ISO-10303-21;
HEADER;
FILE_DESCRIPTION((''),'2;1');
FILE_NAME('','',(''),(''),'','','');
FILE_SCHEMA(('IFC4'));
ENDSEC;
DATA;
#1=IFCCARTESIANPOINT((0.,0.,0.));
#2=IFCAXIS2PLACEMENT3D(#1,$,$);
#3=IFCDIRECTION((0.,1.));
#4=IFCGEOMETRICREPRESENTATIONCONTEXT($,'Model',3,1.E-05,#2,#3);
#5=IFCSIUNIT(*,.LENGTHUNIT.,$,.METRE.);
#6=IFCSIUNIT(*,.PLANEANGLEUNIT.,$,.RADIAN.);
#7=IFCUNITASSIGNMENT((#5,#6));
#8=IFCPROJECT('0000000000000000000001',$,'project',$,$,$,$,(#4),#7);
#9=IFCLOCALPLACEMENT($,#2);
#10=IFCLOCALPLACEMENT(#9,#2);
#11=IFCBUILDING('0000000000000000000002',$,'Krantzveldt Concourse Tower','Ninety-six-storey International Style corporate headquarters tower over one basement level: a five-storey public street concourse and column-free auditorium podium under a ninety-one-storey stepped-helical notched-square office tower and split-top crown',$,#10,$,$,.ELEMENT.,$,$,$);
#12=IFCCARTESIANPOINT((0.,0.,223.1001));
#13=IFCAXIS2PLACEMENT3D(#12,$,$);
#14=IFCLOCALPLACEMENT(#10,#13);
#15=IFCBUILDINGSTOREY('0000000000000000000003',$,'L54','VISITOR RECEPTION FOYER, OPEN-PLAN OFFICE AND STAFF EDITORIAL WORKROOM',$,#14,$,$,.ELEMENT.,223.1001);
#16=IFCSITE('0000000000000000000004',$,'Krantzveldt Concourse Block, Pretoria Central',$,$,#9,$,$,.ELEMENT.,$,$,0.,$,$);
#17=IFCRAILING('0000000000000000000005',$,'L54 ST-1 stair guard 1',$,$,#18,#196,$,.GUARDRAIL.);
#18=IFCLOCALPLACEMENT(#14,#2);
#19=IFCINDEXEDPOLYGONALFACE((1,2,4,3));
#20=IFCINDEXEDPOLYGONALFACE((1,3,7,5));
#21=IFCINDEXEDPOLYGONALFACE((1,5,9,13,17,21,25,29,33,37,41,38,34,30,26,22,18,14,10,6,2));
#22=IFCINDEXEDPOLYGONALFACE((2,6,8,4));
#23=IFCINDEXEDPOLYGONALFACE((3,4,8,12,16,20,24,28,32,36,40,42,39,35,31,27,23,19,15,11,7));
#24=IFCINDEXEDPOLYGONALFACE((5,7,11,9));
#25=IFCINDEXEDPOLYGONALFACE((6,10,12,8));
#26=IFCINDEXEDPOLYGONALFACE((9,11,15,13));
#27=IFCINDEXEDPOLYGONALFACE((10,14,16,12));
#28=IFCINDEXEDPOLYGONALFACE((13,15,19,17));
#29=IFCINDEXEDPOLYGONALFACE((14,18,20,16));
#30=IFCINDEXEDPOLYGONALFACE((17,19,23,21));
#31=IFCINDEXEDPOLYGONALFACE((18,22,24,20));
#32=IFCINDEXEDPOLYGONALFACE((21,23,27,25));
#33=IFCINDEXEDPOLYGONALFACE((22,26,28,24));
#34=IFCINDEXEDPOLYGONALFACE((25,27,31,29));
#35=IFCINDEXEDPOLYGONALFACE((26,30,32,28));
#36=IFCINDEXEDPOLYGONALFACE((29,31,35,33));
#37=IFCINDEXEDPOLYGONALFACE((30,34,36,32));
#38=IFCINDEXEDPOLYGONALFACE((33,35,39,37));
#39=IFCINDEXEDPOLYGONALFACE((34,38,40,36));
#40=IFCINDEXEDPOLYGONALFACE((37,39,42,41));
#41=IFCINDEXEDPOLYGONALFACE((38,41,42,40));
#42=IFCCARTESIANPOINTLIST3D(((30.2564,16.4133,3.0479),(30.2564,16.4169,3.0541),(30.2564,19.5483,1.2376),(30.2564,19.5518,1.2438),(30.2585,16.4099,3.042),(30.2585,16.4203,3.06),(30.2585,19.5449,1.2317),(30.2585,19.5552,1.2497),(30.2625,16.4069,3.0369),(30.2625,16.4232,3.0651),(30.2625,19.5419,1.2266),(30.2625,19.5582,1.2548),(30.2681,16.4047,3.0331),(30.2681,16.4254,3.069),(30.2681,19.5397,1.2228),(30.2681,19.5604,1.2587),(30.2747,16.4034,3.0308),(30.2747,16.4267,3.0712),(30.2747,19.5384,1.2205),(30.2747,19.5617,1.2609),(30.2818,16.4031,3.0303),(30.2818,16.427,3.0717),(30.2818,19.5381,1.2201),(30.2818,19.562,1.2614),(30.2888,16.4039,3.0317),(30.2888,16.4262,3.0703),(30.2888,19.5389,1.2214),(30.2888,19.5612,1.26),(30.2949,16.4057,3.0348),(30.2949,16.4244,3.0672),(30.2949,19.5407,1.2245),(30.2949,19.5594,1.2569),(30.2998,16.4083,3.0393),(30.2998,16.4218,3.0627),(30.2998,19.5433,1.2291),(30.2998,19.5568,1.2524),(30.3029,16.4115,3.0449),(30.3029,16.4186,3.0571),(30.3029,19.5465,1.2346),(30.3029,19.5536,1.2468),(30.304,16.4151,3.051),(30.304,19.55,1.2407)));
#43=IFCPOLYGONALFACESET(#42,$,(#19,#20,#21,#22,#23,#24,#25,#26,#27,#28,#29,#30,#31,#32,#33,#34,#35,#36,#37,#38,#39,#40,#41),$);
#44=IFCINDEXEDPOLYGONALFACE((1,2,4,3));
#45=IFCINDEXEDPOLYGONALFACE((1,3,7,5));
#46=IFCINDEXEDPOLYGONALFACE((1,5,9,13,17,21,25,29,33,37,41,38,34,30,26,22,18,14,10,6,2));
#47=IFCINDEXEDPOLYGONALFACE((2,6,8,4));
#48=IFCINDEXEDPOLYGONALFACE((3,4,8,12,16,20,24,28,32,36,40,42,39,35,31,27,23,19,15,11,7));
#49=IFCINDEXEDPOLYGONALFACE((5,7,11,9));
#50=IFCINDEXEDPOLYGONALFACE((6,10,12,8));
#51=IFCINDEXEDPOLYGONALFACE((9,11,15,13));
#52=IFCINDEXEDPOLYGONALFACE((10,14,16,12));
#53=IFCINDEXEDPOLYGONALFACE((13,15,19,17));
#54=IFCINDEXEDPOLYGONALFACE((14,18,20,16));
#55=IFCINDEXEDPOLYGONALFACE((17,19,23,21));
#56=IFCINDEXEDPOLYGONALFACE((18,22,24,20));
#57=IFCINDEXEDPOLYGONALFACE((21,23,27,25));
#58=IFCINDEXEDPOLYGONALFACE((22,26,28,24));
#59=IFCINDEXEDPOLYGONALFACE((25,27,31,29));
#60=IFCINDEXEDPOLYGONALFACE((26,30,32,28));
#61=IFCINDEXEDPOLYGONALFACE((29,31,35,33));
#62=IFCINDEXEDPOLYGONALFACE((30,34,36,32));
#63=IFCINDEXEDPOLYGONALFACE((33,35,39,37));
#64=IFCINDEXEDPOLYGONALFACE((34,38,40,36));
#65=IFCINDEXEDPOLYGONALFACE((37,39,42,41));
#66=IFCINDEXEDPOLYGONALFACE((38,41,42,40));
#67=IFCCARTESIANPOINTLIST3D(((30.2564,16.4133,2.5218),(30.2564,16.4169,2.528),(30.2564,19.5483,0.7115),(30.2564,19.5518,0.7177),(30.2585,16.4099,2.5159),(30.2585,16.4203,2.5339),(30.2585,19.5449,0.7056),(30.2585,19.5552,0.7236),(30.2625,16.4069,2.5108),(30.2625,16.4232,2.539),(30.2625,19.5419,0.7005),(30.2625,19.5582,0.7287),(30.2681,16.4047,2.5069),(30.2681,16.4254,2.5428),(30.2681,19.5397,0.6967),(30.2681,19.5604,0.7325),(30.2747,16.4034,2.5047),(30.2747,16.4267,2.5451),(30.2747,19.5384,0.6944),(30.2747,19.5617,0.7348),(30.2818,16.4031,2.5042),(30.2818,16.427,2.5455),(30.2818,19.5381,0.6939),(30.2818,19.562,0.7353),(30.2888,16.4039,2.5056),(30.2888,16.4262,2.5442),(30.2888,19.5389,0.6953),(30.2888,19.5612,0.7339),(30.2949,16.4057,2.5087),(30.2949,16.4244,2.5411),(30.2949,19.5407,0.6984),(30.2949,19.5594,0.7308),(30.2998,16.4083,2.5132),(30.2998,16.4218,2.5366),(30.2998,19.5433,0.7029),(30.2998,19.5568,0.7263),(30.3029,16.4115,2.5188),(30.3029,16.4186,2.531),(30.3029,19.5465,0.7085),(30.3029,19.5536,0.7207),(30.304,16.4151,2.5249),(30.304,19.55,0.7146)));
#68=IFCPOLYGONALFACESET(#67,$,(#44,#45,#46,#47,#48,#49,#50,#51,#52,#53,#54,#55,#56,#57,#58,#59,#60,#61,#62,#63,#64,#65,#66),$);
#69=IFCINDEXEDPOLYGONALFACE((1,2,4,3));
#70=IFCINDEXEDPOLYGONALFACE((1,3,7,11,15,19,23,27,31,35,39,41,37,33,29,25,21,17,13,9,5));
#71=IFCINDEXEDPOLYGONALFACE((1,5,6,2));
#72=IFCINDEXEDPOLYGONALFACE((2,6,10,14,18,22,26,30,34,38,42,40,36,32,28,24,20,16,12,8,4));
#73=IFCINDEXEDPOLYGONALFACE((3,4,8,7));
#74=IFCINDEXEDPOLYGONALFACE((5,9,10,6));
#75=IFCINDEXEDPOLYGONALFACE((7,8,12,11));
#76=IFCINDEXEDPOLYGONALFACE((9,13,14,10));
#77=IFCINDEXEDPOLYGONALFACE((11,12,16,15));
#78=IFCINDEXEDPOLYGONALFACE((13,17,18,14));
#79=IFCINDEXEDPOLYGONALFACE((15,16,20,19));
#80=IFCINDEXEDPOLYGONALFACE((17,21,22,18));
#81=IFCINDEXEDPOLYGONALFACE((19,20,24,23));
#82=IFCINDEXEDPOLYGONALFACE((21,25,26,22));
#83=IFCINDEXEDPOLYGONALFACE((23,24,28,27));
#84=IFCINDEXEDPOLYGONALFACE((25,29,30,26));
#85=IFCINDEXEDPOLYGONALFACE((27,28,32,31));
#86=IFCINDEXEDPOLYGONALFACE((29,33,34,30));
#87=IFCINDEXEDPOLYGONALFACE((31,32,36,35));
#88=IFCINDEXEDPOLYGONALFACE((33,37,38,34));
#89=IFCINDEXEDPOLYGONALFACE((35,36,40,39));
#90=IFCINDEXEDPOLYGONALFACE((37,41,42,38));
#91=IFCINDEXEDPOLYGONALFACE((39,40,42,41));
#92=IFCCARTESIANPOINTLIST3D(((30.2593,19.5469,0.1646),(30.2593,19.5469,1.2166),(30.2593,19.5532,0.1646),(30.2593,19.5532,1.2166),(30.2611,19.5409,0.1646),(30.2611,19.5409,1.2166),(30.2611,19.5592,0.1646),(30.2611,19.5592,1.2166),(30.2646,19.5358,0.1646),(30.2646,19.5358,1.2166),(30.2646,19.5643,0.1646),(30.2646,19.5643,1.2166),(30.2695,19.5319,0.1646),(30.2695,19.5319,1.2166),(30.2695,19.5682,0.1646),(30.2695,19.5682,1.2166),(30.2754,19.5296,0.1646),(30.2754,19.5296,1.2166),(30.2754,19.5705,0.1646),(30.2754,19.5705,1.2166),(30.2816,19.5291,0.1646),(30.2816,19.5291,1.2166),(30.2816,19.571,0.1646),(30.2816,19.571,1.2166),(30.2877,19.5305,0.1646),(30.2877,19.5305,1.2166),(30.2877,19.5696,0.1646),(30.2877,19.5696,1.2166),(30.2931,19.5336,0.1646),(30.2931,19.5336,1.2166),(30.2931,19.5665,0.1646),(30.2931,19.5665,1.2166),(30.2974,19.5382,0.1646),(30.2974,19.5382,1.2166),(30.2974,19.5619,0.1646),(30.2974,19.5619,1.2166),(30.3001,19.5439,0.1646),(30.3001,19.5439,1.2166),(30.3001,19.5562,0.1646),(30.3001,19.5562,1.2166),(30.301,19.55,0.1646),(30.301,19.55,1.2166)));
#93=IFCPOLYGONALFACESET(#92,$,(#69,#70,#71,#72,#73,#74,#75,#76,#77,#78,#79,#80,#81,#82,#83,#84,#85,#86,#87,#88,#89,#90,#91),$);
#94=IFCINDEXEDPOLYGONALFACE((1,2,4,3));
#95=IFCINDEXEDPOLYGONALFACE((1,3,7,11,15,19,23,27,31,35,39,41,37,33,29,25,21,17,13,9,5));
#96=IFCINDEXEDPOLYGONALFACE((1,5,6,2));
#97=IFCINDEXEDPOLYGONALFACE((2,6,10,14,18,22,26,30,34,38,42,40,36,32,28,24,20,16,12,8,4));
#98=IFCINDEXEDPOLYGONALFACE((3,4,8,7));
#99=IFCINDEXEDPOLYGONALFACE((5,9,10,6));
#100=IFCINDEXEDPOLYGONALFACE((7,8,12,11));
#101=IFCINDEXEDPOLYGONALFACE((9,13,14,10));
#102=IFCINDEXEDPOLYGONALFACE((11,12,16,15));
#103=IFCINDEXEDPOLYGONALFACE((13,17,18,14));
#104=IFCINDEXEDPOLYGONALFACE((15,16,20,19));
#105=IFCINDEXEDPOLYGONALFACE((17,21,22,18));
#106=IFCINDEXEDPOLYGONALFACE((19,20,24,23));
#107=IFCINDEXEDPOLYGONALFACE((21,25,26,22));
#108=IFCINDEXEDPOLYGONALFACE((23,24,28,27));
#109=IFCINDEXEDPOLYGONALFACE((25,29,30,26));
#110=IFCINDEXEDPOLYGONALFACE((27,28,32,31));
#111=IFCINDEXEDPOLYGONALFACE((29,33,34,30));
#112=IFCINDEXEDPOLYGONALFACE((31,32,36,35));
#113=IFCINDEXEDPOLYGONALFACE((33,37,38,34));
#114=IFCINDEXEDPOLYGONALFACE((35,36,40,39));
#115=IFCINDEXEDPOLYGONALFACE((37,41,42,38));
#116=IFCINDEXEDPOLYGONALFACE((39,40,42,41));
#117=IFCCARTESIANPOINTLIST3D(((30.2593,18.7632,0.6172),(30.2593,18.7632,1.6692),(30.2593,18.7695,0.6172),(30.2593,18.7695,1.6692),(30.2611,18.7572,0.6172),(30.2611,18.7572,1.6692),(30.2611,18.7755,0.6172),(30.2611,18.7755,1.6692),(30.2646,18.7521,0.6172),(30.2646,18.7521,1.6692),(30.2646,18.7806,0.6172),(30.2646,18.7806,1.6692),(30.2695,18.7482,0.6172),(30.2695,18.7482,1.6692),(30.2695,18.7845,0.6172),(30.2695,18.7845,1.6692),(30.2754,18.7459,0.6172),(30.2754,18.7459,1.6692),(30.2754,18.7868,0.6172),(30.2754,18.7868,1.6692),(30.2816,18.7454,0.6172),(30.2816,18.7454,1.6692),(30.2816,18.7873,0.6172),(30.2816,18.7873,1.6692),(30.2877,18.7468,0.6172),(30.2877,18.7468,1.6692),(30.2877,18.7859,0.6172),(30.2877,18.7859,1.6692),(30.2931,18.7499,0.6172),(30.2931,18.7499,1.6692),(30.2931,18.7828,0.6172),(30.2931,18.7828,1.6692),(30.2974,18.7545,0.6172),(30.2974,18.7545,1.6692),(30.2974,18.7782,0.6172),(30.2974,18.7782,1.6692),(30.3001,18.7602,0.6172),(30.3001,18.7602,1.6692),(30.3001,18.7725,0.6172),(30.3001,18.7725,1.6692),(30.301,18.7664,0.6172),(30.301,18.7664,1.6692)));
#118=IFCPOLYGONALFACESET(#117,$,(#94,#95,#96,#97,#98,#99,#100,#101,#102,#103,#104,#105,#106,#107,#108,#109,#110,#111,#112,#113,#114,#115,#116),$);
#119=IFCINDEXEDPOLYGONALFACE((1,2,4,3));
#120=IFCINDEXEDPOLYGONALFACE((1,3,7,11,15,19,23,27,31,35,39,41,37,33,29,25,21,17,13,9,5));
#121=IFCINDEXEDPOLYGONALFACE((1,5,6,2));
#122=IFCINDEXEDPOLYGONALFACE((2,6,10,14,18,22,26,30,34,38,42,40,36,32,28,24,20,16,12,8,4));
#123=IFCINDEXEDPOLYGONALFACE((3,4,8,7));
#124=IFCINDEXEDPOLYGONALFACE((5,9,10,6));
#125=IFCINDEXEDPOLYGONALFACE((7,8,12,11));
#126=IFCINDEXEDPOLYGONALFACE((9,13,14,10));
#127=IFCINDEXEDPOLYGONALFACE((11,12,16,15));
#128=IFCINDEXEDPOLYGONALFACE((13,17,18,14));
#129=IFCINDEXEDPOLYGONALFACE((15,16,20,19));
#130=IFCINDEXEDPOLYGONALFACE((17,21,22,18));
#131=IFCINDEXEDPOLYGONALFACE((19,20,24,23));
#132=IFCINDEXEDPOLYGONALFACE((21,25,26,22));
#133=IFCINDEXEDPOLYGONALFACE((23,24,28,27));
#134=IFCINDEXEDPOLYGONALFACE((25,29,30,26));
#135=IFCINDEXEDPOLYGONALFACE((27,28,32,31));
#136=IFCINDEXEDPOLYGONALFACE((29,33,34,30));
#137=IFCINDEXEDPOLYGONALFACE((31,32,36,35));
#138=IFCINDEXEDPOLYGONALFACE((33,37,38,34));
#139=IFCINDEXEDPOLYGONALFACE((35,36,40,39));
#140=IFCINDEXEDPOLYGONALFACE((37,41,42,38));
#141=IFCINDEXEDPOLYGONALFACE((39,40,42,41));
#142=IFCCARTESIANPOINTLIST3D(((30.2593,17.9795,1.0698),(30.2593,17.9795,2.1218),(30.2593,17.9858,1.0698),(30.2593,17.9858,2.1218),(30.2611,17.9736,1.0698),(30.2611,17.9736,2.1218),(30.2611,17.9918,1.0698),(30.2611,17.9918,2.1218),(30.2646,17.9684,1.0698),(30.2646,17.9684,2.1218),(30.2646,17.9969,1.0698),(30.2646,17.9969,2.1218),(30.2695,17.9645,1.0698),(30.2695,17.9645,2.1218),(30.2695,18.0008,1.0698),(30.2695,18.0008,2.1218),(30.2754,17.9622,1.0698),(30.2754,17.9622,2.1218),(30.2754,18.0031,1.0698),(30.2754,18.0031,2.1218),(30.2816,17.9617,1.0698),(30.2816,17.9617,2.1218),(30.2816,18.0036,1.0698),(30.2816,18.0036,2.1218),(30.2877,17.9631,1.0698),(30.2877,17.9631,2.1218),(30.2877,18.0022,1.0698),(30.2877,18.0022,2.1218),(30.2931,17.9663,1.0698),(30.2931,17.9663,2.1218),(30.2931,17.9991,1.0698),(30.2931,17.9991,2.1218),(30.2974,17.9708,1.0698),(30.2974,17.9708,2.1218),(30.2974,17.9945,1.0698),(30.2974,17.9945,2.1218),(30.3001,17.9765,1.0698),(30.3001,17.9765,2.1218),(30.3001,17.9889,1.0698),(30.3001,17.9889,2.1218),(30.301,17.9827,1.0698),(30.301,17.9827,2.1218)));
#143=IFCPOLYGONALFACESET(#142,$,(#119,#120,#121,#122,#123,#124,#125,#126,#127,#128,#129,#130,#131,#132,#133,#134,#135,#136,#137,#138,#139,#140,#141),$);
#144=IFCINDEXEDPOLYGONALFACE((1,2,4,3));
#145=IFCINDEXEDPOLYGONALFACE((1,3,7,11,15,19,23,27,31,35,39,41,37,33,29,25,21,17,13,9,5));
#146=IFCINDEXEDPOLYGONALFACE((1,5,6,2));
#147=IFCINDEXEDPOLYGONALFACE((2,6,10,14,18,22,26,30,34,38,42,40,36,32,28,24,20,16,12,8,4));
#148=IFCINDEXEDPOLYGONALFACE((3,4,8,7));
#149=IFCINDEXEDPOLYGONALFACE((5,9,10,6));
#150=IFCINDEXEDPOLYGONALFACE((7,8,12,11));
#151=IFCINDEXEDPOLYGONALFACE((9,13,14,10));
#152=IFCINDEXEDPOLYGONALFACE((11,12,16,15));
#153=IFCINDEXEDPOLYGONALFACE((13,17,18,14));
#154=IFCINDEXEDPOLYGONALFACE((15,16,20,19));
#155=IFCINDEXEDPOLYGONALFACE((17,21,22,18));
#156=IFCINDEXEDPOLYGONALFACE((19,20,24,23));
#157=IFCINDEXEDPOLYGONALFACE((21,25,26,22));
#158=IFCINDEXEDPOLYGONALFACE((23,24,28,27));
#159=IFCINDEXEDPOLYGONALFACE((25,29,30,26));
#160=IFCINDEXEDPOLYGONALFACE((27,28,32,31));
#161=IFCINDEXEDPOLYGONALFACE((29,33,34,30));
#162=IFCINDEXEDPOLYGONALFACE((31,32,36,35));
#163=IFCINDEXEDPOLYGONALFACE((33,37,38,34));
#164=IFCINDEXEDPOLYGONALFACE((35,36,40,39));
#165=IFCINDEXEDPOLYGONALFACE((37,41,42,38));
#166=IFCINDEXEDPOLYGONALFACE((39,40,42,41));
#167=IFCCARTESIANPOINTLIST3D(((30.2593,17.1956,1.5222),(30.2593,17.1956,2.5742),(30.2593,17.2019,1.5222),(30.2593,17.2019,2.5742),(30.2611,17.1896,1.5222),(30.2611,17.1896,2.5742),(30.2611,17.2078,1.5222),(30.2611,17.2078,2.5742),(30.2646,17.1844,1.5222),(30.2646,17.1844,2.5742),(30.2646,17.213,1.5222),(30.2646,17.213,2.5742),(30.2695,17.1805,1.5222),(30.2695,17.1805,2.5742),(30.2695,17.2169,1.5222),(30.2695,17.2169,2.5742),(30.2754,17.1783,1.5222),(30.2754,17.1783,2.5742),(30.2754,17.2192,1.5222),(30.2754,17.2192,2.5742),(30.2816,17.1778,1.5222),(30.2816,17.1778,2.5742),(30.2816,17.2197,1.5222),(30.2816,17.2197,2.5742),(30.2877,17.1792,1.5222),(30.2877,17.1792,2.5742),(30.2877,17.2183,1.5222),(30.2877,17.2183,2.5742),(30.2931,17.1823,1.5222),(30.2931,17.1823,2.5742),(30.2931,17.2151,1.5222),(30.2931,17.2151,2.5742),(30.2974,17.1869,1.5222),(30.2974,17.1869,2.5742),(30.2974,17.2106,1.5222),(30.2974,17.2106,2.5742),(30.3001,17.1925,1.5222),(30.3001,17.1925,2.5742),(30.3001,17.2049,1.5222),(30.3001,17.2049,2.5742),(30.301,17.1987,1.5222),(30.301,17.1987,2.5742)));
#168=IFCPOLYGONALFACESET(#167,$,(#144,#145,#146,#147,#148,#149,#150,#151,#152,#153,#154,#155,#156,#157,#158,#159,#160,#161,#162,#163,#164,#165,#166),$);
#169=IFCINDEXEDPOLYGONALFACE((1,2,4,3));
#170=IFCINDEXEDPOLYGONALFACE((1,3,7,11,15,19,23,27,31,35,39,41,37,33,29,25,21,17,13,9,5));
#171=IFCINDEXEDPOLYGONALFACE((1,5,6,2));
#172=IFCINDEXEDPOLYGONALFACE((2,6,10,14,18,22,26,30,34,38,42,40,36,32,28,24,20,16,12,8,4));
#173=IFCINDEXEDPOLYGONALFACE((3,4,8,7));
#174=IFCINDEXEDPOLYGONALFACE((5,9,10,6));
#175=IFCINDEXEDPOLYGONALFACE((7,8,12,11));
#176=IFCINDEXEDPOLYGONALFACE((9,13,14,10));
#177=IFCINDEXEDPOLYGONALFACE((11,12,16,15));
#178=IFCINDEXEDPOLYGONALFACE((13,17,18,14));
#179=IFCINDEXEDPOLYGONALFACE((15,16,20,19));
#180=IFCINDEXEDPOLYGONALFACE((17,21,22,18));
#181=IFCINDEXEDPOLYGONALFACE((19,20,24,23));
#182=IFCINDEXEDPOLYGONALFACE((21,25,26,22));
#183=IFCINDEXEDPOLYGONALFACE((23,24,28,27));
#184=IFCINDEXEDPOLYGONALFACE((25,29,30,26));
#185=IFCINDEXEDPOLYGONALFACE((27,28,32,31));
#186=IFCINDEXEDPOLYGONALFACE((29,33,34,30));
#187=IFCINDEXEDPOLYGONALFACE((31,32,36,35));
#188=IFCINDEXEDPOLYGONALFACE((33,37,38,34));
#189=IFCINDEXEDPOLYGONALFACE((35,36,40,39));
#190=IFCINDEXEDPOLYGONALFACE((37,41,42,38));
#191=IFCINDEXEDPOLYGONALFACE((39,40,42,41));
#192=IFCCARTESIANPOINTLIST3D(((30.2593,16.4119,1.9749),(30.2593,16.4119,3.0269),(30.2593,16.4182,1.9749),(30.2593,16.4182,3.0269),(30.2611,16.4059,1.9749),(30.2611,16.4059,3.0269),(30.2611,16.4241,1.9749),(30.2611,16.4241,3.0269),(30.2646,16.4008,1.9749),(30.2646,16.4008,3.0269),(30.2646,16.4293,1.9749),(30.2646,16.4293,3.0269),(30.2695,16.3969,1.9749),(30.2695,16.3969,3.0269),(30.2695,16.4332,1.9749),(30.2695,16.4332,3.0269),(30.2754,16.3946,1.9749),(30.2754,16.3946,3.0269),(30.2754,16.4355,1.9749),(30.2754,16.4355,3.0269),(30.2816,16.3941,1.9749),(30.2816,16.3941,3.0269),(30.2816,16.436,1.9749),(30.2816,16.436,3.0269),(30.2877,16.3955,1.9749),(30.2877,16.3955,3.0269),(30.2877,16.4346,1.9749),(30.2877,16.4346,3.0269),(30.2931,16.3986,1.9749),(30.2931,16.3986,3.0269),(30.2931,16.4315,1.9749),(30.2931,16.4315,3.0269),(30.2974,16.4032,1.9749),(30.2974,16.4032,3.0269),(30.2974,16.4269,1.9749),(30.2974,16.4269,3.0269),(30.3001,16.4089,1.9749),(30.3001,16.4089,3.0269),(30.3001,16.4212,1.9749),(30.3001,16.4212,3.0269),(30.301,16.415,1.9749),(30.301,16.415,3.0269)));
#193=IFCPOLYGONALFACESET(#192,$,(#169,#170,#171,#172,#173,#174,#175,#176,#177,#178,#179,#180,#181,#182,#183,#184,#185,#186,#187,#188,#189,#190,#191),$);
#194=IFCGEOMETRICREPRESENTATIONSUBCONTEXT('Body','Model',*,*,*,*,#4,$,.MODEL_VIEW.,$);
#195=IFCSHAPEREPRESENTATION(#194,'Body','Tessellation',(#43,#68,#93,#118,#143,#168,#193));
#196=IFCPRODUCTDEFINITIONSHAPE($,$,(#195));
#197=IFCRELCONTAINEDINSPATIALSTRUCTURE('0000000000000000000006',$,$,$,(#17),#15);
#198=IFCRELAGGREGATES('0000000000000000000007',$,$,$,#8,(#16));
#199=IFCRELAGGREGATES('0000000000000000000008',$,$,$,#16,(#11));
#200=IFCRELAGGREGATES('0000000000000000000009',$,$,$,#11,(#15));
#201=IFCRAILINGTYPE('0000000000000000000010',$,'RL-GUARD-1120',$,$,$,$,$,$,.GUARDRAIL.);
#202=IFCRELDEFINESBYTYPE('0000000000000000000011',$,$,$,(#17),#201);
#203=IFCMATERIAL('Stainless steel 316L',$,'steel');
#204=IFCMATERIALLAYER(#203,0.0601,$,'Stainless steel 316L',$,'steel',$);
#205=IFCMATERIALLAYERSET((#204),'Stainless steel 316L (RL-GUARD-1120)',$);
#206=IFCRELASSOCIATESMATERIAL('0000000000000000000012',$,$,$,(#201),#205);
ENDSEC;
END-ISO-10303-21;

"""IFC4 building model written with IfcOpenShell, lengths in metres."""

from ifc_helpers import new_model, si_unit, direction, frame, origin, origin_2d, place, context, subcontext, project, spatial, circle, extrude, material, layer, layer_set, type_object, element, save


model = new_model("IFC4")

# Units and contexts
model_context = context("Model", 3, precision=1e-05, world=origin(), true_north=direction((0.0, 1.0)))
body_context = subcontext(model_context, "Body", "Model", "MODEL_VIEW")
ifc_project = project(units=[si_unit("LENGTHUNIT", "METRE"), si_unit("PLANEANGLEUNIT", "RADIAN")], contexts=[model_context])

# Site, building, storey
site_placement = place(None, origin())
site = spatial("IfcSite", under=ifc_project, at=site_placement, Name="Krantzveldt Concourse Block, Pretoria Central", CompositionType="ELEMENT", RefElevation=0.0)
building_placement = place(site_placement, origin())
building = spatial("IfcBuilding", under=site, at=building_placement, Name="Krantzveldt Concourse Tower", Description="Ninety-six-storey International Style corporate headquarters tower over one basement level: a five-storey public street concourse and column-free auditorium podium under a ninety-one-storey stepped-helical notched-square office tower and split-top crown", CompositionType="ELEMENT")
storey_placement = place(building_placement, frame((0.0, 0.0, 223.1001)))
storey = spatial("IfcBuildingStorey", under=building, at=storey_placement, Name="L54", Description="VISITOR RECEPTION FOYER, OPEN-PLAN OFFICE AND STAFF EDITORIAL WORKROOM", CompositionType="ELEMENT", Elevation=223.1001)

# Railing
ifc_material_1 = material(Name="Stainless steel 316L", Category="steel")
ifc_layer_1 = layer(ifc_material_1, 0.0601, Name="Stainless steel 316L", Category="steel")
ifc_layer_set_1 = layer_set([ifc_layer_1], Name="Stainless steel 316L (RL-GUARD-1120)")
railing_type_1 = type_object("IfcRailingType", Name="RL-GUARD-1120", PredefinedType="GUARDRAIL", material=ifc_layer_set_1)
railing_1_placement = place(storey_placement, frame((30.28, 19.55, 0.1646)))
element("IfcRailing", 1, at=railing_1_placement, inside=storey, type_object=railing_type_1, Name="L54 ST-1 stair guard 1", PredefinedType="GUARDRAIL", context=body_context, shape_type="SweptSolid", body=[
    extrude(circle(Radius=0.0239, at=origin_2d()), frame((0.0, 0.0, 1.0762), z_axis=(0.0, -0.865989, 0.500063), x_axis=(1.0, 0.0, 0.0)), (0.0, 0.0, 1.0), 3.6201),
    extrude(circle(Radius=0.0239, at=origin_2d()), frame((0.0, 0.0, 0.55), z_axis=(0.0, -0.865989, 0.500063), x_axis=(1.0, 0.0, 0.0)), (0.0, 0.0, 1.0), 3.6201),
    extrude(circle(Radius=0.021, at=origin_2d()), origin(), (0.0, 0.0, 1.0), 1.052),
    extrude(circle(Radius=0.021, at=origin_2d()), frame((0.0, -0.7837, 0.4526)), (0.0, 0.0, 1.0), 1.052),
    extrude(circle(Radius=0.021, at=origin_2d()), frame((0.0, -1.5674, 0.9053)), (0.0, 0.0, 1.0), 1.052),
    extrude(circle(Radius=0.021, at=origin_2d()), frame((0.0, -2.3513, 1.3577)), (0.0, 0.0, 1.0), 1.052),
    extrude(circle(Radius=0.021, at=origin_2d()), frame((0.0, -3.135, 1.8103)), (0.0, 0.0, 1.0), 1.052),
])

save(model, "model.ifc")
